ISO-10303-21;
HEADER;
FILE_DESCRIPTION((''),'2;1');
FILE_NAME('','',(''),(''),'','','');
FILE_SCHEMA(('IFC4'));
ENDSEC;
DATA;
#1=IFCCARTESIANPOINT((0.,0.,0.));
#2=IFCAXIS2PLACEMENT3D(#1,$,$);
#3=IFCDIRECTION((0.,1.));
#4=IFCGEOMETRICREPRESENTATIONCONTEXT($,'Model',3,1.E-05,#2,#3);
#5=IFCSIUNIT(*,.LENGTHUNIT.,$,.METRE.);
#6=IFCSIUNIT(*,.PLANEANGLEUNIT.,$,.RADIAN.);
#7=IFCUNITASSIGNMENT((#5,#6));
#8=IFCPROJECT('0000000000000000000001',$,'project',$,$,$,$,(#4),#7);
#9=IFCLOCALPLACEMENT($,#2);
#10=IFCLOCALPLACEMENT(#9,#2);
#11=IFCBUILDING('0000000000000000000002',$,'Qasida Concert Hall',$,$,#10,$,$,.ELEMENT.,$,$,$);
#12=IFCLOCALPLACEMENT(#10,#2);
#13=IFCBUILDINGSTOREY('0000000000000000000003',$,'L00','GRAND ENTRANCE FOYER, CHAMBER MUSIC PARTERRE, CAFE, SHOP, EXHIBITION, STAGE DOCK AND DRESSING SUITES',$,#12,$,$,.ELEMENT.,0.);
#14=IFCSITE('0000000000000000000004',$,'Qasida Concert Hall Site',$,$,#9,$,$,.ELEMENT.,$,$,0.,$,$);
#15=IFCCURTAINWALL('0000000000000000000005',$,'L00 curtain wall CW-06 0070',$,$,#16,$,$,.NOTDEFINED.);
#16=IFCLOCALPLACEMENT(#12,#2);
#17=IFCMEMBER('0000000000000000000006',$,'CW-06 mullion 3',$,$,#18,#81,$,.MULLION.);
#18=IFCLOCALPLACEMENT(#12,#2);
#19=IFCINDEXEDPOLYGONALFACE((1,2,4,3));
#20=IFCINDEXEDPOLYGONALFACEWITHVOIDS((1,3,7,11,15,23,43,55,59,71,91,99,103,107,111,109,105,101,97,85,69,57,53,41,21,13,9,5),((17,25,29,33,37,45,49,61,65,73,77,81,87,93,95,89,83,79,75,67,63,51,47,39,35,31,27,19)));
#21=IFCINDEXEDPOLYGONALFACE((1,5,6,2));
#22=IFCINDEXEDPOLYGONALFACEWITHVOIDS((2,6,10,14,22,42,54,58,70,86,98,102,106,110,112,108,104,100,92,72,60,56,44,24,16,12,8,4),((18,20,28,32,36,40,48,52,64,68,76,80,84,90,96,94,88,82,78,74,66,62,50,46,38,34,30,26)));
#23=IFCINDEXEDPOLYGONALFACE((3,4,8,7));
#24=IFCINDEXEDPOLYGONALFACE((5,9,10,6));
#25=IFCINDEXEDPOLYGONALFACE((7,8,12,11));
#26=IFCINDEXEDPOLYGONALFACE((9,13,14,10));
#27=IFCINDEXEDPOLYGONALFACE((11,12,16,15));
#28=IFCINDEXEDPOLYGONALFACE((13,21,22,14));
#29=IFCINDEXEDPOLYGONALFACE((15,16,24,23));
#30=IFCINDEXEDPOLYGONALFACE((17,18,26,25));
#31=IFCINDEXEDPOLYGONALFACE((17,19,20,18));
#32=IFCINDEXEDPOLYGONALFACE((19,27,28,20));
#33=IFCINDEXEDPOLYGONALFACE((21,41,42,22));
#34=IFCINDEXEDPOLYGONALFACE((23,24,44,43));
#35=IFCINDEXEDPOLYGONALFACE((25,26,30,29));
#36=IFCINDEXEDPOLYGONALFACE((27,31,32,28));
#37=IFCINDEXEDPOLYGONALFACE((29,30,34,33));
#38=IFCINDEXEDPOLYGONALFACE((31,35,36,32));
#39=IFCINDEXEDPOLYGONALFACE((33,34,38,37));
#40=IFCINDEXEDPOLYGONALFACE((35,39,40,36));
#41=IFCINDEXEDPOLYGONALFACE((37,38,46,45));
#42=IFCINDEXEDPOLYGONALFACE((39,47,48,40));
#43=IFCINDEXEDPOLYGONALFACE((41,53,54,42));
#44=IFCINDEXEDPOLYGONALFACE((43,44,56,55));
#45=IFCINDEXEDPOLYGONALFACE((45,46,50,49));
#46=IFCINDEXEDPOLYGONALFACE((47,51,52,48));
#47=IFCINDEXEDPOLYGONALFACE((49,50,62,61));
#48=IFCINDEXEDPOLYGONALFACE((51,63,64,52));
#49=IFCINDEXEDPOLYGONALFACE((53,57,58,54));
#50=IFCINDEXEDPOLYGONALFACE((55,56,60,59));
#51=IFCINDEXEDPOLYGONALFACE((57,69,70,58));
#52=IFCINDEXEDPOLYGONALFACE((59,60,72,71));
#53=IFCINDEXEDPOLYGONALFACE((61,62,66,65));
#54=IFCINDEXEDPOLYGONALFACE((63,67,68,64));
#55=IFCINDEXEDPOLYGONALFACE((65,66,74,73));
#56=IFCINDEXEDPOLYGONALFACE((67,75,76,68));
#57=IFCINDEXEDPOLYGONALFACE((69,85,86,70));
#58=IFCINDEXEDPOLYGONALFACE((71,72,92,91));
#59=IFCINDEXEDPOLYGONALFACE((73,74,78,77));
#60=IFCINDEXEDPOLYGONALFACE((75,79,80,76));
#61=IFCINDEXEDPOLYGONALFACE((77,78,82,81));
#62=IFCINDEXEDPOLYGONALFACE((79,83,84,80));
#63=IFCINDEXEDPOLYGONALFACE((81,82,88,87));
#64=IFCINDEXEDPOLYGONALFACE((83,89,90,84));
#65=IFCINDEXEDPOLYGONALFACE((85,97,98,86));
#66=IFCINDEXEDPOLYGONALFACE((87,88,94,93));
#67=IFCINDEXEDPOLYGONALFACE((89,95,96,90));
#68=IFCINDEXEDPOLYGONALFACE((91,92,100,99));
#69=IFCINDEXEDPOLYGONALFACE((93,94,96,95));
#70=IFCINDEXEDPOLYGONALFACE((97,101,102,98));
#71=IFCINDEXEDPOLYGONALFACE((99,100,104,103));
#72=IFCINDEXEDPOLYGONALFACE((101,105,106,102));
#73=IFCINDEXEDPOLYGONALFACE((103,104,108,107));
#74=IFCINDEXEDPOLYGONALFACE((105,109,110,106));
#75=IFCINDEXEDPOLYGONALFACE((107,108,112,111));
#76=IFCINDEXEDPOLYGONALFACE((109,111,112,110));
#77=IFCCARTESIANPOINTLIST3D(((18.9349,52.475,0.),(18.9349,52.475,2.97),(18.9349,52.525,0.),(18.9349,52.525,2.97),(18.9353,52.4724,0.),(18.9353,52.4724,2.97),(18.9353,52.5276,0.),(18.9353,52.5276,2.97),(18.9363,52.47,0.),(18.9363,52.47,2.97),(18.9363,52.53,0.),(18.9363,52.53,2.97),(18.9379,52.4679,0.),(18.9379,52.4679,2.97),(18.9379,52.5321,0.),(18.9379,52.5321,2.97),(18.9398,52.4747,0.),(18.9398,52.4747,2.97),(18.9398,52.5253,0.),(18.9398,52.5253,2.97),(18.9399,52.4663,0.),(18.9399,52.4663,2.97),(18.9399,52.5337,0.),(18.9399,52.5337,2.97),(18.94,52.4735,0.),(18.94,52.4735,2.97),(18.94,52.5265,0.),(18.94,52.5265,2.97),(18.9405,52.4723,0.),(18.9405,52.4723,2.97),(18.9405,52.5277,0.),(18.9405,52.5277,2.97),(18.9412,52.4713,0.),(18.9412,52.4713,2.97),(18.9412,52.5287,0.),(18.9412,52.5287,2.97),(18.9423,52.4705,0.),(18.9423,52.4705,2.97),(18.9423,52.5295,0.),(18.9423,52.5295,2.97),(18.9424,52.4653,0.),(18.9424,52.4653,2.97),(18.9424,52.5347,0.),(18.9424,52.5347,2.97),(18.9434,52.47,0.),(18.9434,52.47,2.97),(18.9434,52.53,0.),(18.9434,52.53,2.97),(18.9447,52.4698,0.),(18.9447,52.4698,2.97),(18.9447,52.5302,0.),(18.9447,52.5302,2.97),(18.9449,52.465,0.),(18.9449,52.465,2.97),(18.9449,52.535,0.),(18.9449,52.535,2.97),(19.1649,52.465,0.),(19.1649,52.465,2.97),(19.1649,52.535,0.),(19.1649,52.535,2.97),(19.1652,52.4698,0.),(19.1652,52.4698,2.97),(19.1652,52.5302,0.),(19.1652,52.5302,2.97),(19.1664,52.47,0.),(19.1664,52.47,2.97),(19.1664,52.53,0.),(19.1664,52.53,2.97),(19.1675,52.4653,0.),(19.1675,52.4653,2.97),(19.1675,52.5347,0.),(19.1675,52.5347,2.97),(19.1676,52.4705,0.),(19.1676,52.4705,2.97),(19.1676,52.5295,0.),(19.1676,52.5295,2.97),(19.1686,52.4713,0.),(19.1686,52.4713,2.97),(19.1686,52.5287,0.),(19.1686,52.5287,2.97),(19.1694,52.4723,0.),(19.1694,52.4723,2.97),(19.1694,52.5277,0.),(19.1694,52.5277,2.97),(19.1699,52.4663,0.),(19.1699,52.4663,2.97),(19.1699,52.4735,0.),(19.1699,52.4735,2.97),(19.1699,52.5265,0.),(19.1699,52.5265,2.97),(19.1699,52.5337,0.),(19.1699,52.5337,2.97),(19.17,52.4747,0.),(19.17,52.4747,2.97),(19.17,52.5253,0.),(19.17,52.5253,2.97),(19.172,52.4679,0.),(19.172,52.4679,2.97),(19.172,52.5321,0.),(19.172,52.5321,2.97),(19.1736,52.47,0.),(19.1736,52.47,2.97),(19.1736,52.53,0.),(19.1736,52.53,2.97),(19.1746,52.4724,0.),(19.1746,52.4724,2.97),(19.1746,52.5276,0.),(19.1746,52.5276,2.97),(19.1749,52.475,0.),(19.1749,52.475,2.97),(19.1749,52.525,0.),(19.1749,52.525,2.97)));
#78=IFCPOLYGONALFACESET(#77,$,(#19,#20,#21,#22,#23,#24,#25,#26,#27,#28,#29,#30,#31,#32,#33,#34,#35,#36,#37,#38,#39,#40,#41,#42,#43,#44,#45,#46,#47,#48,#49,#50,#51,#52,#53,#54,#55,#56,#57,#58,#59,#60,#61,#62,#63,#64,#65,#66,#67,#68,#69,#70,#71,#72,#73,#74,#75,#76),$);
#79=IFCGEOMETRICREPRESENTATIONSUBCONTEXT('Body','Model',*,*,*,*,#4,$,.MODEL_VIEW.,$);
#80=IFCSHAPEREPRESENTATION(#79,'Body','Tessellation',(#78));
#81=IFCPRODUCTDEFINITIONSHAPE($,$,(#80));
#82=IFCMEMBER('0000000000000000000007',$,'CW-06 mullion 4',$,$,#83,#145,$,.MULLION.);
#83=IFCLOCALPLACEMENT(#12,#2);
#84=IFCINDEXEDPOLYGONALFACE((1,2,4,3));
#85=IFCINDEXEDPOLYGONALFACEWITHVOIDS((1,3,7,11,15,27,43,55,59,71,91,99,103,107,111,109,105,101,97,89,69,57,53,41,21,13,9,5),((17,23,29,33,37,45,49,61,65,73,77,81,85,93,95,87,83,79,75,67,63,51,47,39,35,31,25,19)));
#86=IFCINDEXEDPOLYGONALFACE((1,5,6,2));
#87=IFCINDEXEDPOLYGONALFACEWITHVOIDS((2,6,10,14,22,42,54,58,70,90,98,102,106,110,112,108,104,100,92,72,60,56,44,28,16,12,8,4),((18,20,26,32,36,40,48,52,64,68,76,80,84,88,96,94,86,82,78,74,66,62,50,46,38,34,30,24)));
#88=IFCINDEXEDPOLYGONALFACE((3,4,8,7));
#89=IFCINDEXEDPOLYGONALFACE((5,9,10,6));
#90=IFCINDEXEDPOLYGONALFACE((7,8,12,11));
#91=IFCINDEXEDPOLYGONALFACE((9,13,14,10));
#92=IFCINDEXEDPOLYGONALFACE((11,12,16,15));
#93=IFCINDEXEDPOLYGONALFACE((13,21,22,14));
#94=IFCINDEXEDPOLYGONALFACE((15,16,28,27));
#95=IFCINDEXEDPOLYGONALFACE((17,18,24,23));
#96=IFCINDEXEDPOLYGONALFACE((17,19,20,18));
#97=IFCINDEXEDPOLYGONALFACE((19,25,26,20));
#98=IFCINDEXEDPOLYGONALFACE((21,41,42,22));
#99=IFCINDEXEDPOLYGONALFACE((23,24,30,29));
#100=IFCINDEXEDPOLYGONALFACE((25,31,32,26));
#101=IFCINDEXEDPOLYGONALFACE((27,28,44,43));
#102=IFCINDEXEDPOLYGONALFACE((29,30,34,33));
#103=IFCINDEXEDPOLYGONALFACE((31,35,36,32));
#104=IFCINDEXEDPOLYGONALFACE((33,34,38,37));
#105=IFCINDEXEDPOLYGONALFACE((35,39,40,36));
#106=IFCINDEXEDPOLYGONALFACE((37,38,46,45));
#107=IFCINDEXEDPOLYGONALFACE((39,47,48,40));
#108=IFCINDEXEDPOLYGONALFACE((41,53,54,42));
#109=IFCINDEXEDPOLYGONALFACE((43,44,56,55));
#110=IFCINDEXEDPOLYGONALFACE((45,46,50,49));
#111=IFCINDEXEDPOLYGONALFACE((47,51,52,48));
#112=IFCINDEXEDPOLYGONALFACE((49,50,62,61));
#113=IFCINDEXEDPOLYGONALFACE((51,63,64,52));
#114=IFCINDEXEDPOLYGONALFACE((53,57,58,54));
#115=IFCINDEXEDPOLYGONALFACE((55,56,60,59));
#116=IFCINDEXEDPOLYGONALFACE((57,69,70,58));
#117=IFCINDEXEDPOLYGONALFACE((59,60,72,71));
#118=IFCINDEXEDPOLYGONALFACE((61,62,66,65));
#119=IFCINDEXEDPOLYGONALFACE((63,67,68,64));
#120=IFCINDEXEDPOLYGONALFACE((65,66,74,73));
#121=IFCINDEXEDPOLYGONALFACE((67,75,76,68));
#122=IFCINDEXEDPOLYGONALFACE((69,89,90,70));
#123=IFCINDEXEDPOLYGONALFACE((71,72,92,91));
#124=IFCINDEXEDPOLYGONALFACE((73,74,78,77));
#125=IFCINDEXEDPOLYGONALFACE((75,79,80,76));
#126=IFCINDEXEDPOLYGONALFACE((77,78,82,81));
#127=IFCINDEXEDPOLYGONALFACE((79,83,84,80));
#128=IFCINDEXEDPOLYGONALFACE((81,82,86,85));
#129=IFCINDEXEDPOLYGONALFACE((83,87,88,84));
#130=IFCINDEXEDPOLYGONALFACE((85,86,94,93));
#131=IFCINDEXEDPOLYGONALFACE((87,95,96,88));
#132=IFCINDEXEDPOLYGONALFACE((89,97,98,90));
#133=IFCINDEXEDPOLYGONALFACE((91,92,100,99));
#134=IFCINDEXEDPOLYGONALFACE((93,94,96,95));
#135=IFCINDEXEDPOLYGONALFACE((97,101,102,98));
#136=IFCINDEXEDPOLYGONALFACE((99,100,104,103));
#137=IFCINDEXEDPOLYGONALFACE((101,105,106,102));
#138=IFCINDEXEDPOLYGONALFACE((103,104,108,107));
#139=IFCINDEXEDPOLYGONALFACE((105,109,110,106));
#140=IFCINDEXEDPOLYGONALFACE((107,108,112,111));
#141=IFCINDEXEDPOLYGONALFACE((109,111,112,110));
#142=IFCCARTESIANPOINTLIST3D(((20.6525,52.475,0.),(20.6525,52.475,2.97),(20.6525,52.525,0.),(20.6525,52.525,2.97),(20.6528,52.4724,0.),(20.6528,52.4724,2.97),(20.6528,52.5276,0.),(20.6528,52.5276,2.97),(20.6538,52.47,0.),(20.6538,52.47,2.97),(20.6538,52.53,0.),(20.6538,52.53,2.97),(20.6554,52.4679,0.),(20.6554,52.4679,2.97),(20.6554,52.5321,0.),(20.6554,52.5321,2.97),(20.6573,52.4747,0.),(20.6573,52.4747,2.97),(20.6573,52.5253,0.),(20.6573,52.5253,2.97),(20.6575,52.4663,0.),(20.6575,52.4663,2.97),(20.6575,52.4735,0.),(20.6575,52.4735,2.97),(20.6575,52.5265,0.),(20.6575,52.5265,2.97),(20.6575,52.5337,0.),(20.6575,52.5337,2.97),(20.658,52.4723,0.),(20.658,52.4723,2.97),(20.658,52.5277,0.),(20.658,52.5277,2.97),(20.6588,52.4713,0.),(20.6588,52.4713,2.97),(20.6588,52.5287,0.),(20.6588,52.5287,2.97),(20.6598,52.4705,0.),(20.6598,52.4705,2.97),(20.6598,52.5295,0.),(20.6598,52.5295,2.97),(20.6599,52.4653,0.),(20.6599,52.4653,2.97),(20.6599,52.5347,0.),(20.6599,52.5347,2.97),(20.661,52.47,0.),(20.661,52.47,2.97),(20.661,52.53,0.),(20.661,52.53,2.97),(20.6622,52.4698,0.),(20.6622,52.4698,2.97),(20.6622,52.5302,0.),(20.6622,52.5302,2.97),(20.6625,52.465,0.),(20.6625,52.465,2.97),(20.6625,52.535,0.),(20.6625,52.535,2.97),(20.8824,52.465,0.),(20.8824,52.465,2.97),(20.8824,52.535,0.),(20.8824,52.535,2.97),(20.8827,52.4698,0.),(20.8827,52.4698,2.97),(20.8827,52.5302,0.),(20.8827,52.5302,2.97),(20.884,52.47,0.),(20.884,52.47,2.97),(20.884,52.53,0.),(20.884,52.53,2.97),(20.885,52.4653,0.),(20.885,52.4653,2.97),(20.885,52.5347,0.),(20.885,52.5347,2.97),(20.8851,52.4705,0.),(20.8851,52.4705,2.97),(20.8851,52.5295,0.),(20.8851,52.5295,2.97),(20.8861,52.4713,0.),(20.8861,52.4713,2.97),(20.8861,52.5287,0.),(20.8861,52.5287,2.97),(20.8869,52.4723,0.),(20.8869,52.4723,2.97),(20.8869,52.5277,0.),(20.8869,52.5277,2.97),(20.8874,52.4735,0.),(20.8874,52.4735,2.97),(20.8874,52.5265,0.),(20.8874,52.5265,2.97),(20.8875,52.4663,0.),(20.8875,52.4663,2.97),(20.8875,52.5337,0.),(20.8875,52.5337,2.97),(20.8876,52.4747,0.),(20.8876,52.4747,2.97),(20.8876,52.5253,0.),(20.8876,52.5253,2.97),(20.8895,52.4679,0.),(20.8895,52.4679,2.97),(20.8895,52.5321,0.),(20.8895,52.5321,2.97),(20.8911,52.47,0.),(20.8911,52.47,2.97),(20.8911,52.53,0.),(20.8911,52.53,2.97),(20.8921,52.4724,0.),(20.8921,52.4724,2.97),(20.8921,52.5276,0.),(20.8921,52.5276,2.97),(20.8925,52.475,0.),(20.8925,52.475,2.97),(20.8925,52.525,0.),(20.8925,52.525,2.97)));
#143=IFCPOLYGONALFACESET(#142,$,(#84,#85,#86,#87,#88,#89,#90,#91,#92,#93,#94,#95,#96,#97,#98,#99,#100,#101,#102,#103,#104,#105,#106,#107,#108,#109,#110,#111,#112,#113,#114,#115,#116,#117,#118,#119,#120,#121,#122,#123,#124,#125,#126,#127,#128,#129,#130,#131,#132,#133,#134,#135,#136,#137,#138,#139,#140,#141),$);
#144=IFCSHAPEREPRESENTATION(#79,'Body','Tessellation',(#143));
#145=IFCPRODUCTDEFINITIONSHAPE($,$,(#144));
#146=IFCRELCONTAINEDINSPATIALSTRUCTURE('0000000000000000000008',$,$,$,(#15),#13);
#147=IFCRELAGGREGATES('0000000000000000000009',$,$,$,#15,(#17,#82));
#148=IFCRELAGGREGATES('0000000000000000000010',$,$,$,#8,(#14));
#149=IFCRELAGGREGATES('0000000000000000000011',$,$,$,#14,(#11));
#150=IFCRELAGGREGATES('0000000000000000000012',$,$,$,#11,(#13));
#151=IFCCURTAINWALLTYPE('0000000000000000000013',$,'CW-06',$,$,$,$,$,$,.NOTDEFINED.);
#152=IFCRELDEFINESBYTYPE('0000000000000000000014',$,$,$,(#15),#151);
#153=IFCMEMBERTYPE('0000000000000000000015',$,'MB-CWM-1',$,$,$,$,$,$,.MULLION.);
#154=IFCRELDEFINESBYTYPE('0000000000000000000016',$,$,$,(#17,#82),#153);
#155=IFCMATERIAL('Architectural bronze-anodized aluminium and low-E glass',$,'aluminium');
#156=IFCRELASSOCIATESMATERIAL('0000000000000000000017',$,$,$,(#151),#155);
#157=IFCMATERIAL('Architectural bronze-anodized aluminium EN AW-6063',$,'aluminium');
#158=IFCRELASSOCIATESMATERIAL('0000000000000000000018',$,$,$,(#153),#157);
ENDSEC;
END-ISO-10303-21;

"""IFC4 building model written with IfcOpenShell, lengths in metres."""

from ifc_helpers import new_model, si_unit, direction, frame, origin, origin_2d, place, context, subcontext, project, spatial, hollow_rectangle, extrude, material, material_profile, profile_set, type_object, element, aggregate, save


model = new_model("IFC4")

# Units and contexts
model_context = context("Model", 3, precision=1e-05, world=origin(), true_north=direction((0.0, 1.0)))
body_context = subcontext(model_context, "Body", "Model", "MODEL_VIEW")
ifc_project = project(units=[si_unit("LENGTHUNIT", "METRE"), si_unit("PLANEANGLEUNIT", "RADIAN")], contexts=[model_context])

# Site, building, storey
site_placement = place(None, origin())
site = spatial("IfcSite", under=ifc_project, at=site_placement, Name="Qasida Concert Hall Site", CompositionType="ELEMENT", RefElevation=0.0)
building_placement = place(site_placement, origin())
building = spatial("IfcBuilding", under=site, at=building_placement, Name="Qasida Concert Hall", CompositionType="ELEMENT")
storey_placement = place(building_placement, origin())
storey = spatial("IfcBuildingStorey", under=building, at=storey_placement, Name="L00", Description="GRAND ENTRANCE FOYER, CHAMBER MUSIC PARTERRE, CAFE, SHOP, EXHIBITION, STAGE DOCK AND DRESSING SUITES", CompositionType="ELEMENT", Elevation=0.0)

# Curtain wall, members
ifc_material_1 = material(Name="Architectural bronze-anodized aluminium and low-E glass", Category="aluminium")
curtain_wall_type = type_object("IfcCurtainWallType", Name="CW-06", PredefinedType="NOTDEFINED", material=ifc_material_1)
curtain_wall_placement = place(storey_placement, origin())
curtain_wall = element("IfcCurtainWall", 1, at=curtain_wall_placement, inside=storey, type_object=curtain_wall_type, Name="L00 curtain wall CW-06 0070", PredefinedType="NOTDEFINED")
ifc_material_2 = material(Name="Architectural bronze-anodized aluminium EN AW-6063", Category="aluminium")
ifc_material_profile_1 = material_profile(ifc_material_2, hollow_rectangle(XDim=0.0701, YDim=0.24, WallThickness=0.0049, InnerFilletRadius=0.0049, OuterFilletRadius=0.01, at=origin_2d()), Name="CWM 240x70x5")
ifc_profile_set_1 = profile_set([ifc_material_profile_1], Name="Architectural bronze-anodized aluminium EN AW-6063")
member_type_1 = type_object("IfcMemberType", Name="MB-CWM-1", PredefinedType="MULLION", material=ifc_profile_set_1)
member_1_placement = place(storey_placement, frame((19.0549, 52.5, 0.0), z_axis=(0.0, 0.0, 1.0), x_axis=(0.0, 1.0, 0.0)))
member_1 = element("IfcMember", 2, at=member_1_placement, type_object=member_type_1, Name="CW-06 mullion 3", PredefinedType="MULLION", context=body_context, shape_type="SweptSolid", body=[
    extrude(hollow_rectangle(XDim=0.0701, YDim=0.24, WallThickness=0.0049, InnerFilletRadius=0.0049, OuterFilletRadius=0.01, at=origin_2d()), origin(), (0.0, 0.0, 1.0), 2.97),
])
member_2_placement = place(storey_placement, frame((20.7725, 52.5, 0.0), z_axis=(0.0, 0.0, 1.0), x_axis=(0.0, 1.0, 0.0)))
member_2 = element("IfcMember", 3, at=member_2_placement, type_object=member_type_1, Name="CW-06 mullion 4", PredefinedType="MULLION", context=body_context, shape_type="SweptSolid", body=[
    extrude(hollow_rectangle(XDim=0.0701, YDim=0.24, WallThickness=0.0049, InnerFilletRadius=0.0049, OuterFilletRadius=0.01, at=origin_2d()), origin(), (0.0, 0.0, 1.0), 2.97),
])
aggregate(curtain_wall, [member_1, member_2])

save(model, "model.ifc")
